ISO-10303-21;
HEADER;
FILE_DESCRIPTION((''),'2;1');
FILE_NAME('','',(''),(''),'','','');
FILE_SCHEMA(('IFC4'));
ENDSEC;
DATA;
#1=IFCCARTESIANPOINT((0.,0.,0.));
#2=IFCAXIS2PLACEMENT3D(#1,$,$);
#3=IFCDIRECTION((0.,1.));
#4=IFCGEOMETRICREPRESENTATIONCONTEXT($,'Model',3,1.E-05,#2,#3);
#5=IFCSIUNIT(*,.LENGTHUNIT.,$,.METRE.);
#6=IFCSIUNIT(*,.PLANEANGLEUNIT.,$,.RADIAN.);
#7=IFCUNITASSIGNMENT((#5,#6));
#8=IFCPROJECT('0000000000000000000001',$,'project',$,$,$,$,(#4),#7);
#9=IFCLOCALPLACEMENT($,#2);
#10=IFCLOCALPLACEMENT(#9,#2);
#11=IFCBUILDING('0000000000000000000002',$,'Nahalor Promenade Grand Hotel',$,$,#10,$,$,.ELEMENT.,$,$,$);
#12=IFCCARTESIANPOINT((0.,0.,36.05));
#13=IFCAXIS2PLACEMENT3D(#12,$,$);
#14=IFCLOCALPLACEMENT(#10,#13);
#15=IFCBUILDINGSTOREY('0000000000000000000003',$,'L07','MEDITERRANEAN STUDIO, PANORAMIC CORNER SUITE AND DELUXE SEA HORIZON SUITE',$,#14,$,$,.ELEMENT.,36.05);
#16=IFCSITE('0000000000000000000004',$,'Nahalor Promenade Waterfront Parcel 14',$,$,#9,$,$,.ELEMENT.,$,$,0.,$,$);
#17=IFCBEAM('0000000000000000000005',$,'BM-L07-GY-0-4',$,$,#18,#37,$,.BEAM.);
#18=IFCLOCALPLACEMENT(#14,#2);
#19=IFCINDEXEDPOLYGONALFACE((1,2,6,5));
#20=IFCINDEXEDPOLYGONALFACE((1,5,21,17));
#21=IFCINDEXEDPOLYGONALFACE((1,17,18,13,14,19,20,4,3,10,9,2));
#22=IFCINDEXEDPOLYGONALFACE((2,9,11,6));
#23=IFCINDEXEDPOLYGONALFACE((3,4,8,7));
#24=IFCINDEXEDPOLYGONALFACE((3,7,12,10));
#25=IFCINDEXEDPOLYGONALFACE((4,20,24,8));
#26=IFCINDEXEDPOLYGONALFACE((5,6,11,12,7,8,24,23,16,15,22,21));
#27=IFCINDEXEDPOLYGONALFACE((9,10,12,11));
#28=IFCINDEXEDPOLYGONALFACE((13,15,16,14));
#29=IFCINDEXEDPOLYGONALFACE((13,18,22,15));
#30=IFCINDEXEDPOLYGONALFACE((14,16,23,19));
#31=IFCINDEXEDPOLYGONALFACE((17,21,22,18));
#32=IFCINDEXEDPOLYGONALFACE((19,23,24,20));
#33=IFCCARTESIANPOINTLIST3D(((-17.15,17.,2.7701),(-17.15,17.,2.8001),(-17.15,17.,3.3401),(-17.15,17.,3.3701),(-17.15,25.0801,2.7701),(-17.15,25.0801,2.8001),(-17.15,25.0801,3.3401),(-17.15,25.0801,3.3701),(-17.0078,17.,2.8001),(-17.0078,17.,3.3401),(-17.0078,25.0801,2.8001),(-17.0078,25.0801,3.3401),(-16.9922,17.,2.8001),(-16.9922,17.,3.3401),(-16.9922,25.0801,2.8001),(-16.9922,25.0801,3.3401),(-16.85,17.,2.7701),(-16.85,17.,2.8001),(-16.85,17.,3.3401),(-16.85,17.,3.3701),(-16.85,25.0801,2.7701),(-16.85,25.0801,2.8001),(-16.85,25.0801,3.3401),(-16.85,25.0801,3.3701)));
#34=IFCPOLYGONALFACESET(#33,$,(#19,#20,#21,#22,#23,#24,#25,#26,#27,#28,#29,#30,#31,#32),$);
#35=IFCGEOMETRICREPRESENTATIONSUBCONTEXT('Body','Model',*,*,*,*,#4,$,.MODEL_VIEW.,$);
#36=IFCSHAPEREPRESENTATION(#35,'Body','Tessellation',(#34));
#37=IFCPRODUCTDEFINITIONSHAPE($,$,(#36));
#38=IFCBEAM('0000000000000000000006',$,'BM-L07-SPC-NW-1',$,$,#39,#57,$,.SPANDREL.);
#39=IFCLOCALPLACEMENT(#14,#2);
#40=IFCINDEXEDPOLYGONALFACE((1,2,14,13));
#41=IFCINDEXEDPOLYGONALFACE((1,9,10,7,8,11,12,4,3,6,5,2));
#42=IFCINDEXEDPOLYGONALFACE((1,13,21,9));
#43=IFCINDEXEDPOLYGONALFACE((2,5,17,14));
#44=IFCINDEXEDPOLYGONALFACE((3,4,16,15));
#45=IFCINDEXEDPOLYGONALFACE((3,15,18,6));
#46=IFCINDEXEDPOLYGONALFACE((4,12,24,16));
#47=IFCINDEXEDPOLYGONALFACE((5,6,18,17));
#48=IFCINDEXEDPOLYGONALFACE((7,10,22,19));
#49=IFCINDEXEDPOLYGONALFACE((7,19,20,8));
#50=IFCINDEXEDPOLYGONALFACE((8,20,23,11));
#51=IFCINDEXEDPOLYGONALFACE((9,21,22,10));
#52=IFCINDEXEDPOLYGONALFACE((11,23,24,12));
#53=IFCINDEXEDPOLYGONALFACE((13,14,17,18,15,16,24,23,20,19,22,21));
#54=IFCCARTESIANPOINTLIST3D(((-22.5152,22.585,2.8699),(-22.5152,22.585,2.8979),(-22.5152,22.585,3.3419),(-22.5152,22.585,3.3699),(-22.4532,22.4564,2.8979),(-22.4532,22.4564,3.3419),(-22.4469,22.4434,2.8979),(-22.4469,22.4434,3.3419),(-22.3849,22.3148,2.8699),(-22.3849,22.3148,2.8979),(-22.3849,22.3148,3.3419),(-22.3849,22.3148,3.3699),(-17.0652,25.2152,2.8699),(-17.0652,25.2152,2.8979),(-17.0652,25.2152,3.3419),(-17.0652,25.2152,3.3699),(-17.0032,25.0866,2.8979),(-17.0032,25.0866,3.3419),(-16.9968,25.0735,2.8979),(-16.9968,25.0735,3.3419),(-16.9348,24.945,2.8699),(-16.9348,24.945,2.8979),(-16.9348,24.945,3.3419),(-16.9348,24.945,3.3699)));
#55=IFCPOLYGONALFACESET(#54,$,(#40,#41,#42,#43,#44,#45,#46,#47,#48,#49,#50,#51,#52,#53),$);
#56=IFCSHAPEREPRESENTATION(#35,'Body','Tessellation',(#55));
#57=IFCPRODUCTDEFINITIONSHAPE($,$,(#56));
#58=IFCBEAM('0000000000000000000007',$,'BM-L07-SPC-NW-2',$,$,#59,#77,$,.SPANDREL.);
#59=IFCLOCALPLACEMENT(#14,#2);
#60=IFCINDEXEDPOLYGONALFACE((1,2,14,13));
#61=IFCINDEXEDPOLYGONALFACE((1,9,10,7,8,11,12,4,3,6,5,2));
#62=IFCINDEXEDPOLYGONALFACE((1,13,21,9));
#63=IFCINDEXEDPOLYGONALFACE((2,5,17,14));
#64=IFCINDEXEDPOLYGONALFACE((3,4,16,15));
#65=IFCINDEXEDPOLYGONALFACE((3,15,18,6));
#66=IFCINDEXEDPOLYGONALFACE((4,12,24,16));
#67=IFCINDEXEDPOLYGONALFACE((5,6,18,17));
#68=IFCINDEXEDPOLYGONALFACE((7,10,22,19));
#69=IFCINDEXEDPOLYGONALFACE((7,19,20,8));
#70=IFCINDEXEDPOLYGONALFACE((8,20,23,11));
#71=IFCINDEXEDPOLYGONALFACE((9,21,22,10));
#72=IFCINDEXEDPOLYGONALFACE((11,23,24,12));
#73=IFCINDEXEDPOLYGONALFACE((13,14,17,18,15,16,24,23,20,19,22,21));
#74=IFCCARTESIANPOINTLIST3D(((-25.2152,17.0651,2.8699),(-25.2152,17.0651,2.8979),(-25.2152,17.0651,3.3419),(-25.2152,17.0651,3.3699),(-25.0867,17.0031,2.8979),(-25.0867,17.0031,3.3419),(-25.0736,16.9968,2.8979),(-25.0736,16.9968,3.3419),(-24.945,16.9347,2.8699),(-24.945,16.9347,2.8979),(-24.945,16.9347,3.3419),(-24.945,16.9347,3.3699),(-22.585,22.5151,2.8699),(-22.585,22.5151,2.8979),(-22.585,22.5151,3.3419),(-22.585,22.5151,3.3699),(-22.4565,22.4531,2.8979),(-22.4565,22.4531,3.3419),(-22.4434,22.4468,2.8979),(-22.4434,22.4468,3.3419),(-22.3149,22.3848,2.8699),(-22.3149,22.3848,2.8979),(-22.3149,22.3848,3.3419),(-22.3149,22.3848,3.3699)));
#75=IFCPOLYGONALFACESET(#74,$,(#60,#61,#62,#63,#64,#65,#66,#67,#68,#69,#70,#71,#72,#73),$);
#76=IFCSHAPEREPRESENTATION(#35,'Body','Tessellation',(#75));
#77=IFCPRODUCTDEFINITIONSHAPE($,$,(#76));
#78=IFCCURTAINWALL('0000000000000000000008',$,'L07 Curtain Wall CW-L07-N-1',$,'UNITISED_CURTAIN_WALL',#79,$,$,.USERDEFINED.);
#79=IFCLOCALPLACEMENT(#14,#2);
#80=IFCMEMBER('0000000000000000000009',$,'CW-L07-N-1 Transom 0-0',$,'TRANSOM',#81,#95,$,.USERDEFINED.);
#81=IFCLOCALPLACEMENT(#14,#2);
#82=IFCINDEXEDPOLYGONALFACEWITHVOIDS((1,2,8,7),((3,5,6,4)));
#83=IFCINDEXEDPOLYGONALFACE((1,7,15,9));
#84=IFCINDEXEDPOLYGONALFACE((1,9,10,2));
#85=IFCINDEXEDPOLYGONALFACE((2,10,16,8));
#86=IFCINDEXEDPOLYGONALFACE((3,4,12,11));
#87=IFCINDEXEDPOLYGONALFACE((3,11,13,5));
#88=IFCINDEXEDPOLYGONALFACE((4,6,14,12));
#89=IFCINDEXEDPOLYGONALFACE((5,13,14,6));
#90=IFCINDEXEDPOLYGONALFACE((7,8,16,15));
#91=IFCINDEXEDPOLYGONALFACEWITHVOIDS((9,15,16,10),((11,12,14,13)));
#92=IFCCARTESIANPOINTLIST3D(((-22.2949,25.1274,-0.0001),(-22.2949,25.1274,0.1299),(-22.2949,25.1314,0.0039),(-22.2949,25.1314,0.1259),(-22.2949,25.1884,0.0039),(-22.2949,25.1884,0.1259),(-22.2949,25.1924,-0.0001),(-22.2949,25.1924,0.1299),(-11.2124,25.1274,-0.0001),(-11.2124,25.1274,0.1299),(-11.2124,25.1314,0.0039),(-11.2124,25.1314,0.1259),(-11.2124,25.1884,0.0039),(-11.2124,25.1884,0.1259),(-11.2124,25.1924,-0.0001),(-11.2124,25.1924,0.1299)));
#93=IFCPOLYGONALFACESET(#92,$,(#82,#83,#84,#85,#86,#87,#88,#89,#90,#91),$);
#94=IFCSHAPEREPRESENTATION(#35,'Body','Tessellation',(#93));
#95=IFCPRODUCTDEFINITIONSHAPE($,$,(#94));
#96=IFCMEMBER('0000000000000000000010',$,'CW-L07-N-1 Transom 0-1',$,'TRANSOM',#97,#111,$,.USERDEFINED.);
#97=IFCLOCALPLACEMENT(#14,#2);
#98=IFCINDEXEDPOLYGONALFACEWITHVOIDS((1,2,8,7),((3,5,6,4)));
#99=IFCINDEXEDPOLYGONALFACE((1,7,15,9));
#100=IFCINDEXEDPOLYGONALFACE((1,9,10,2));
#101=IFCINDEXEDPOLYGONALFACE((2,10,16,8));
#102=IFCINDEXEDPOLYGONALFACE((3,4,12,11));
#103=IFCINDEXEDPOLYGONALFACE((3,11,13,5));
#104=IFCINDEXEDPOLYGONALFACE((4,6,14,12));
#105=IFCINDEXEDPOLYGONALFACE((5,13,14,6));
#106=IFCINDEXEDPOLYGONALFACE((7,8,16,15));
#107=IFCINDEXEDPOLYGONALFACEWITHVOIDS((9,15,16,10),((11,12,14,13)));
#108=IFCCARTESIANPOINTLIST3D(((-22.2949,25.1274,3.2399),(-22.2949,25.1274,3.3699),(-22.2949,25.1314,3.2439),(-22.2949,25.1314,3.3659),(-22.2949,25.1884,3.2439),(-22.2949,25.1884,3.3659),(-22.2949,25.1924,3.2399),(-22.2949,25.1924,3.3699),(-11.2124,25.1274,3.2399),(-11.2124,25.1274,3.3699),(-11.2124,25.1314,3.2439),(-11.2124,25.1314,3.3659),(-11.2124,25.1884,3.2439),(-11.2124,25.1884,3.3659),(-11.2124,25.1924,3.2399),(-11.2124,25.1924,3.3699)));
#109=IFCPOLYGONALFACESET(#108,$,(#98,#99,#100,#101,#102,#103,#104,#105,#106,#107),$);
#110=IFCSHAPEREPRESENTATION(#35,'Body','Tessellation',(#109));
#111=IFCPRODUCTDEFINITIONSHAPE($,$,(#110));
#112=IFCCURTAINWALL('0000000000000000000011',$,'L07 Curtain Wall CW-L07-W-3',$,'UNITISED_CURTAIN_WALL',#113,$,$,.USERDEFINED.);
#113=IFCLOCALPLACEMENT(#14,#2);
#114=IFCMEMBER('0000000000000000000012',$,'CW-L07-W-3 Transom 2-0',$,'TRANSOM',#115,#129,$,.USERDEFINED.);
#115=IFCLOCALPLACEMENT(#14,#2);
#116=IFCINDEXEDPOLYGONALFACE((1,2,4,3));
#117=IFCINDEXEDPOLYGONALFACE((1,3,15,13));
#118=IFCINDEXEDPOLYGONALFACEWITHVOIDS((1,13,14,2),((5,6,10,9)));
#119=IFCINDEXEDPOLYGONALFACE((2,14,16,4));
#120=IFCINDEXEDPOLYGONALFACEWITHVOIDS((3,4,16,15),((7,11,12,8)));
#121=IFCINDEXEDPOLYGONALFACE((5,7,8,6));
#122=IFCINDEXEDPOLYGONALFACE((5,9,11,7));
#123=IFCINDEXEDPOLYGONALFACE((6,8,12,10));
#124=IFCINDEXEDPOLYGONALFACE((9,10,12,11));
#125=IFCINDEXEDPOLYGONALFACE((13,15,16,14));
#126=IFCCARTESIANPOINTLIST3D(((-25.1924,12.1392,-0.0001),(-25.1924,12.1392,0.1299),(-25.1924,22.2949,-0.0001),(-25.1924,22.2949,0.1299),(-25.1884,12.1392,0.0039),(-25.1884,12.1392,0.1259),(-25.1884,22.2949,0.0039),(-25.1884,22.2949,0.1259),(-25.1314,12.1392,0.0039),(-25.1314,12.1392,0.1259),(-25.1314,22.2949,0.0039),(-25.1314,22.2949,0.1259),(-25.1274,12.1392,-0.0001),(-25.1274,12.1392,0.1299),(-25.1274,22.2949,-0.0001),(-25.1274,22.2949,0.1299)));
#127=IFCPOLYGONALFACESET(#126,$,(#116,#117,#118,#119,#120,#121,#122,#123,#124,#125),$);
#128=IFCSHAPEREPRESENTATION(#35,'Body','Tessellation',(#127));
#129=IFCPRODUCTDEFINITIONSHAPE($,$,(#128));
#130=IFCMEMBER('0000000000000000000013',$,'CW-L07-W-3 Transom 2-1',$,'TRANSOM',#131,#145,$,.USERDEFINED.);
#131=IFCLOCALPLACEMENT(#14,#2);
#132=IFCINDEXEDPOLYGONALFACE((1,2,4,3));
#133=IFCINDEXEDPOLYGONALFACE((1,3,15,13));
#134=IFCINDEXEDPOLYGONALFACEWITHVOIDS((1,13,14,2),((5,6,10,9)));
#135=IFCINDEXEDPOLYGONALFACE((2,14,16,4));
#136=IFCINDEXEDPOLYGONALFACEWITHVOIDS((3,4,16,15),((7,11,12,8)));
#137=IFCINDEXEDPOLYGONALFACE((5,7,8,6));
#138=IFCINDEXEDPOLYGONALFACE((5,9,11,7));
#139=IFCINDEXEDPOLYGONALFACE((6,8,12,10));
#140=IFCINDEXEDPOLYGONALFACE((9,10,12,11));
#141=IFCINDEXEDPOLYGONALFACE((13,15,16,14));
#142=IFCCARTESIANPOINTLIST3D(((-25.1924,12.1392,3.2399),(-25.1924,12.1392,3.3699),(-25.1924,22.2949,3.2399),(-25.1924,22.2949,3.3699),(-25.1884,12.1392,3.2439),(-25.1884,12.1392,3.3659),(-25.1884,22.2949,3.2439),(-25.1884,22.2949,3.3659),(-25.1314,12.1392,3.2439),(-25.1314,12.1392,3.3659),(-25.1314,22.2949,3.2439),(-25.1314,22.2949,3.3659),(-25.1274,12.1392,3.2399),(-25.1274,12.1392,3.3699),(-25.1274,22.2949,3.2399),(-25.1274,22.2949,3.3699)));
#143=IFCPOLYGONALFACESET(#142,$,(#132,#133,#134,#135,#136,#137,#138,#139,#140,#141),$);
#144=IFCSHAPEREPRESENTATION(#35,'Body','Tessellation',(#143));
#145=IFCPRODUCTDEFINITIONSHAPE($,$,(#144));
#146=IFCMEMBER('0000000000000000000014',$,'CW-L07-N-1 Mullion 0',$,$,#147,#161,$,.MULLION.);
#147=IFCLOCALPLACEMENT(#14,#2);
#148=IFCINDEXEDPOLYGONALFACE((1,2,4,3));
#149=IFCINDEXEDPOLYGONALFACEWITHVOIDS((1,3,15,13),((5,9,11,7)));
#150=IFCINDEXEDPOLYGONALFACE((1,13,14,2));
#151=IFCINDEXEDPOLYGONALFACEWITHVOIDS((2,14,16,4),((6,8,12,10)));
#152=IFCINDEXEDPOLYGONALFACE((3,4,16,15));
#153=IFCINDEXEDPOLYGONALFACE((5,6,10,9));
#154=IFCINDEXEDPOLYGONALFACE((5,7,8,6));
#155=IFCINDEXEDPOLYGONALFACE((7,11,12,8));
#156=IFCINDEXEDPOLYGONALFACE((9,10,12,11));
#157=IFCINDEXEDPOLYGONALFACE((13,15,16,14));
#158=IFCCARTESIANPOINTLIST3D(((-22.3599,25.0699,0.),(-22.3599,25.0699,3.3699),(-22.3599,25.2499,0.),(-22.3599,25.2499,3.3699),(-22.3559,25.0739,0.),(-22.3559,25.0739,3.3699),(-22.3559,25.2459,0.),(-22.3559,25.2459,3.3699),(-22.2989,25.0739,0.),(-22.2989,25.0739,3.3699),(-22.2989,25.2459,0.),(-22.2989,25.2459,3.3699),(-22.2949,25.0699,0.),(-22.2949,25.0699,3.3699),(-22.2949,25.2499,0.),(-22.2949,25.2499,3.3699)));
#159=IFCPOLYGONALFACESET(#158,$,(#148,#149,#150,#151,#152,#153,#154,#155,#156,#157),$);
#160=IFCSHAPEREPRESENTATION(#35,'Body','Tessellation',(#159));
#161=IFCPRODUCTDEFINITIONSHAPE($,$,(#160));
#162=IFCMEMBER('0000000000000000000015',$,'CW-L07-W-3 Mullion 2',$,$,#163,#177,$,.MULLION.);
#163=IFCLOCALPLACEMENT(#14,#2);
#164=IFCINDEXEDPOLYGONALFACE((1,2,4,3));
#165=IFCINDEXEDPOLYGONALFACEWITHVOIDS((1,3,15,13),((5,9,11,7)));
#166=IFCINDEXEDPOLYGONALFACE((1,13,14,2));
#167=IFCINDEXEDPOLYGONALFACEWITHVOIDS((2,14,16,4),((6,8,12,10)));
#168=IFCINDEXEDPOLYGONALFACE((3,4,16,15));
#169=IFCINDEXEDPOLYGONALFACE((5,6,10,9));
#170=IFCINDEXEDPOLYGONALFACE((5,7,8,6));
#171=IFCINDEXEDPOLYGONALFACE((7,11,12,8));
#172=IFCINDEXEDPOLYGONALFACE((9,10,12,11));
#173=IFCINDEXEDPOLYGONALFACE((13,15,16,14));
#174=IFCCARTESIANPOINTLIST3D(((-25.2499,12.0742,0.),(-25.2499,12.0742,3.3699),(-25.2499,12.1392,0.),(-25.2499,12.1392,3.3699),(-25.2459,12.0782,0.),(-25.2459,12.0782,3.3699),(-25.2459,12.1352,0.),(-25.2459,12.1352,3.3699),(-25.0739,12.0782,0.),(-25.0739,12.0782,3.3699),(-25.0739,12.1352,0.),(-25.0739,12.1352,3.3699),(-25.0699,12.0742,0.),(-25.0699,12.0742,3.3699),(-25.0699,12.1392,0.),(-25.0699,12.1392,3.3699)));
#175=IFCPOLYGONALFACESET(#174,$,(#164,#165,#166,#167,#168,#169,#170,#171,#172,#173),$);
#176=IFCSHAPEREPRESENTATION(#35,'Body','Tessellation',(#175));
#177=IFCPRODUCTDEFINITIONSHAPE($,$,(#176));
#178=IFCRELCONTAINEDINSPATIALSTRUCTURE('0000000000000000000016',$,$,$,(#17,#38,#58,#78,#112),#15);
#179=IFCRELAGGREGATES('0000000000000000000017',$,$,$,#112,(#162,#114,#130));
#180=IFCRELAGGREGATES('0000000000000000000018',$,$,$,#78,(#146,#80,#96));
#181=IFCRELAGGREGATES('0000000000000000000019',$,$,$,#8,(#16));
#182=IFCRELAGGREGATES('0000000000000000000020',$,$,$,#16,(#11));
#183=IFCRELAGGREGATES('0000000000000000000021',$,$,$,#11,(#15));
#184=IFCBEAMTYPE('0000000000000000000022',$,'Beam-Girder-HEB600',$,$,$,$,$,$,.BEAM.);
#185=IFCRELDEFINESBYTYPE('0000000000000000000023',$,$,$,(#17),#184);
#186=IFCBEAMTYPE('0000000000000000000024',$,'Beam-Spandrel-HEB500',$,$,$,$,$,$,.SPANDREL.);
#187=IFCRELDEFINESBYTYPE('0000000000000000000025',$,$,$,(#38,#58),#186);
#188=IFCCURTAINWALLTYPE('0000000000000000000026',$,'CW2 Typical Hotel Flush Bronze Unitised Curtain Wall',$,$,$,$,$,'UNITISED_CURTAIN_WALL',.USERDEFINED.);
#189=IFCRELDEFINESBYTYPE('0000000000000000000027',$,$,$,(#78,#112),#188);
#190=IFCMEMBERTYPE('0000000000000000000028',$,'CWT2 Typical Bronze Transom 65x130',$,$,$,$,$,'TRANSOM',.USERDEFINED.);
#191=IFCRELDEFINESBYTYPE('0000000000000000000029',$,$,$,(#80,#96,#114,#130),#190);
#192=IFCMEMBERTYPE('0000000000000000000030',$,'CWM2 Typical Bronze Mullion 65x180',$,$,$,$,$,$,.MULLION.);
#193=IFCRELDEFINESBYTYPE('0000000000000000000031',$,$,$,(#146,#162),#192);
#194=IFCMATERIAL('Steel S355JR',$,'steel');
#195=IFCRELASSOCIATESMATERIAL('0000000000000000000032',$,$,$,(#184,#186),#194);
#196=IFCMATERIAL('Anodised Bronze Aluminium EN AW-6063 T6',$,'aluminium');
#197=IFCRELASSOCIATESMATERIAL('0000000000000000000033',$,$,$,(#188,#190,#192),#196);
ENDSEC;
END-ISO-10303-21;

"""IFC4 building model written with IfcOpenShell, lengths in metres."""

from ifc_helpers import new_model, si_unit, direction, frame, origin, origin_2d, place, context, subcontext, project, spatial, hollow_rectangle, i_section, extrude, source, transform, mapped, material, material_profile, profile_set, type_object, element, aggregate, save


model = new_model("IFC4")

# Units and contexts
model_context = context("Model", 3, precision=1e-05, world=origin(), true_north=direction((0.0, 1.0)))
body_context = subcontext(model_context, "Body", "Model", "MODEL_VIEW")
ifc_project = project(units=[si_unit("LENGTHUNIT", "METRE"), si_unit("PLANEANGLEUNIT", "RADIAN")], contexts=[model_context])

# Site, building, storey
site_placement = place(None, origin())
site = spatial("IfcSite", under=ifc_project, at=site_placement, Name="Nahalor Promenade Waterfront Parcel 14", CompositionType="ELEMENT", RefElevation=0.0)
building_placement = place(site_placement, origin())
building = spatial("IfcBuilding", under=site, at=building_placement, Name="Nahalor Promenade Grand Hotel", CompositionType="ELEMENT")
storey_placement = place(building_placement, frame((0.0, 0.0, 36.05)))
storey = spatial("IfcBuildingStorey", under=building, at=storey_placement, Name="L07", Description="MEDITERRANEAN STUDIO, PANORAMIC CORNER SUITE AND DELUXE SEA HORIZON SUITE", CompositionType="ELEMENT", Elevation=36.05)

# Beams
ifc_material_1 = material(Name="Steel S355JR", Category="steel")
ifc_material_profile_1 = material_profile(ifc_material_1, i_section(OverallWidth=0.3, OverallDepth=0.6, WebThickness=0.0155, FlangeThickness=0.03, at=origin_2d()), Name="HEB 600")
ifc_profile_set_1 = profile_set([ifc_material_profile_1], Name="Steel S355JR")
beam_type_1 = type_object("IfcBeamType", Name="Beam-Girder-HEB600", PredefinedType="BEAM", material=ifc_profile_set_1)
ifc_material_profile_2 = material_profile(ifc_material_1, i_section(OverallWidth=0.3, OverallDepth=0.5, WebThickness=0.0145, FlangeThickness=0.028, at=origin_2d()), Name="HEB 500")
ifc_profile_set_2 = profile_set([ifc_material_profile_2], Name="Steel S355JR")
beam_type_2 = type_object("IfcBeamType", Name="Beam-Spandrel-HEB500", PredefinedType="SPANDREL", material=ifc_profile_set_2)
shared_shape_1 = source(origin(), body_context, "Body", "SweptSolid", [
    extrude(i_section(OverallWidth=0.3, OverallDepth=0.6, WebThickness=0.0155, FlangeThickness=0.03, at=origin_2d()), origin(), (0.0, 0.0, 1.0), 8.0801),
])
for number, where, z_axis, x_axis, name in (
    (1, (-17.0, 17.0, 3.0701), (0.0, 1.0, 0.0), (-1.0, 0.0, 0.0), "BM-L07-GY-0-4"),
):
    element("IfcBeam", number, at=place(storey_placement, frame(where, z_axis=z_axis, x_axis=x_axis)), inside=storey, type_object=beam_type_1, Name=name, PredefinedType="BEAM", context=body_context, shape_type="MappedRepresentation", body=[
        mapped(shared_shape_1, transform((0.0, 0.0, 0.0), scale=1.0)),
    ])
shared_shape_2 = source(origin(), body_context, "Body", "SweptSolid", [
    extrude(i_section(OverallWidth=0.3, OverallDepth=0.5, WebThickness=0.0145, FlangeThickness=0.028, at=origin_2d()), origin(), (0.0, 0.0, 1.0), 6.0515),
])
for number, where, z_axis, x_axis, name in (
    (2, (-17.0, 25.0801, 3.1199), (-0.900609, -0.434631, 0.0), (0.434631, -0.900609, 0.0), "BM-L07-SPC-NW-1"),
    (3, (-22.45, 22.45, 3.1199), (-0.434631, -0.900609, 0.0), (0.900609, -0.434631, 0.0), "BM-L07-SPC-NW-2"),
):
    element("IfcBeam", number, at=place(storey_placement, frame(where, z_axis=z_axis, x_axis=x_axis)), inside=storey, type_object=beam_type_2, Name=name, PredefinedType="SPANDREL", context=body_context, shape_type="MappedRepresentation", body=[
        mapped(shared_shape_2, transform((0.0, 0.0, 0.0), scale=1.0)),
    ])

# Curtain walls, members
ifc_material_2 = material(Name="Anodised Bronze Aluminium EN AW-6063 T6", Category="aluminium")
curtain_wall_type = type_object("IfcCurtainWallType", Name="CW2 Typical Hotel Flush Bronze Unitised Curtain Wall", ElementType="UNITISED_CURTAIN_WALL", PredefinedType="USERDEFINED", material=ifc_material_2)
curtain_wall_1_placement = place(storey_placement, origin())
curtain_wall_1 = element("IfcCurtainWall", 4, at=curtain_wall_1_placement, inside=storey, type_object=curtain_wall_type, Name="L07 Curtain Wall CW-L07-N-1", ObjectType="UNITISED_CURTAIN_WALL", PredefinedType="USERDEFINED")
ifc_material_profile_3 = material_profile(ifc_material_2, hollow_rectangle(XDim=0.065, YDim=0.13, WallThickness=0.004, at=origin_2d()), Name="CWT 65x130x4")
ifc_profile_set_3 = profile_set([ifc_material_profile_3], Name="Anodised Bronze Aluminium EN AW-6063 T6")
member_type_1 = type_object("IfcMemberType", Name="CWT2 Typical Bronze Transom 65x130", ElementType="TRANSOM", PredefinedType="USERDEFINED", material=ifc_profile_set_3)
shared_shape_3 = source(origin(), body_context, "Body", "SweptSolid", [
    extrude(hollow_rectangle(XDim=0.065, YDim=0.13, WallThickness=0.004, at=origin_2d()), origin(), (0.0, 0.0, 1.0), 11.0825),
])
member_1_placement = place(storey_placement, frame((-22.2949, 25.1599, 0.0649), z_axis=(1.0, 0.0, 0.0), x_axis=(0.0, 1.0, 0.0)))
member_1 = element("IfcMember", 5, at=member_1_placement, type_object=member_type_1, Name="CW-L07-N-1 Transom 0-0", ObjectType="TRANSOM", PredefinedType="USERDEFINED", context=body_context, shape_type="MappedRepresentation", body=[
    mapped(shared_shape_3, transform((0.0, 0.0, 0.0), scale=1.0)),
])
member_2_placement = place(storey_placement, frame((-22.2949, 25.1599, 3.3049), z_axis=(1.0, 0.0, 0.0), x_axis=(0.0, 1.0, 0.0)))
member_2 = element("IfcMember", 6, at=member_2_placement, type_object=member_type_1, Name="CW-L07-N-1 Transom 0-1", ObjectType="TRANSOM", PredefinedType="USERDEFINED", context=body_context, shape_type="MappedRepresentation", body=[
    mapped(shared_shape_3, transform((0.0, 0.0, 0.0), scale=1.0)),
])
curtain_wall_2_placement = place(storey_placement, origin())
curtain_wall_2 = element("IfcCurtainWall", 7, at=curtain_wall_2_placement, inside=storey, type_object=curtain_wall_type, Name="L07 Curtain Wall CW-L07-W-3", ObjectType="UNITISED_CURTAIN_WALL", PredefinedType="USERDEFINED")
shared_shape_4 = source(origin(), body_context, "Body", "SweptSolid", [
    extrude(hollow_rectangle(XDim=0.065, YDim=0.13, WallThickness=0.004, at=origin_2d()), origin(), (0.0, 0.0, 1.0), 10.1558),
])
member_3_placement = place(storey_placement, frame((-25.1599, 12.1392, 0.0649), z_axis=(0.0, 1.0, 0.0), x_axis=(-1.0, 0.0, 0.0)))
member_3 = element("IfcMember", 8, at=member_3_placement, type_object=member_type_1, Name="CW-L07-W-3 Transom 2-0", ObjectType="TRANSOM", PredefinedType="USERDEFINED", context=body_context, shape_type="MappedRepresentation", body=[
    mapped(shared_shape_4, transform((0.0, 0.0, 0.0), scale=1.0)),
])
member_4_placement = place(storey_placement, frame((-25.1599, 12.1392, 3.3049), z_axis=(0.0, 1.0, 0.0), x_axis=(-1.0, 0.0, 0.0)))
member_4 = element("IfcMember", 9, at=member_4_placement, type_object=member_type_1, Name="CW-L07-W-3 Transom 2-1", ObjectType="TRANSOM", PredefinedType="USERDEFINED", context=body_context, shape_type="MappedRepresentation", body=[
    mapped(shared_shape_4, transform((0.0, 0.0, 0.0), scale=1.0)),
])

# Members
ifc_material_profile_4 = material_profile(ifc_material_2, hollow_rectangle(XDim=0.065, YDim=0.18, WallThickness=0.004, at=origin_2d()), Name="CWM 65x180x4")
ifc_profile_set_4 = profile_set([ifc_material_profile_4], Name="Anodised Bronze Aluminium EN AW-6063 T6")
member_type_2 = type_object("IfcMemberType", Name="CWM2 Typical Bronze Mullion 65x180", PredefinedType="MULLION", material=ifc_profile_set_4)
shared_shape_5 = source(origin(), body_context, "Body", "SweptSolid", [
    extrude(hollow_rectangle(XDim=0.065, YDim=0.18, WallThickness=0.004, at=origin_2d()), origin(), (0.0, 0.0, 1.0), 3.3699),
])
member_5_placement = place(storey_placement, frame((-22.3274, 25.1599, 0.0), z_axis=(0.0, 0.0, 1.0), x_axis=(1.0, 0.0, 0.0)))
member_5 = element("IfcMember", 10, at=member_5_placement, type_object=member_type_2, Name="CW-L07-N-1 Mullion 0", PredefinedType="MULLION", context=body_context, shape_type="MappedRepresentation", body=[
    mapped(shared_shape_5, transform((0.0, 0.0, 0.0), scale=1.0)),
])
member_6_placement = place(storey_placement, frame((-25.1599, 12.1067, 0.0), z_axis=(0.0, 0.0, 1.0), x_axis=(0.0, 1.0, 0.0)))
member_6 = element("IfcMember", 11, at=member_6_placement, type_object=member_type_2, Name="CW-L07-W-3 Mullion 2", PredefinedType="MULLION", context=body_context, shape_type="MappedRepresentation", body=[
    mapped(shared_shape_5, transform((0.0, 0.0, 0.0), scale=1.0)),
])

aggregate(curtain_wall_2, [member_6, member_3, member_4])
aggregate(curtain_wall_1, [member_5, member_1, member_2])

save(model, "model.ifc")
